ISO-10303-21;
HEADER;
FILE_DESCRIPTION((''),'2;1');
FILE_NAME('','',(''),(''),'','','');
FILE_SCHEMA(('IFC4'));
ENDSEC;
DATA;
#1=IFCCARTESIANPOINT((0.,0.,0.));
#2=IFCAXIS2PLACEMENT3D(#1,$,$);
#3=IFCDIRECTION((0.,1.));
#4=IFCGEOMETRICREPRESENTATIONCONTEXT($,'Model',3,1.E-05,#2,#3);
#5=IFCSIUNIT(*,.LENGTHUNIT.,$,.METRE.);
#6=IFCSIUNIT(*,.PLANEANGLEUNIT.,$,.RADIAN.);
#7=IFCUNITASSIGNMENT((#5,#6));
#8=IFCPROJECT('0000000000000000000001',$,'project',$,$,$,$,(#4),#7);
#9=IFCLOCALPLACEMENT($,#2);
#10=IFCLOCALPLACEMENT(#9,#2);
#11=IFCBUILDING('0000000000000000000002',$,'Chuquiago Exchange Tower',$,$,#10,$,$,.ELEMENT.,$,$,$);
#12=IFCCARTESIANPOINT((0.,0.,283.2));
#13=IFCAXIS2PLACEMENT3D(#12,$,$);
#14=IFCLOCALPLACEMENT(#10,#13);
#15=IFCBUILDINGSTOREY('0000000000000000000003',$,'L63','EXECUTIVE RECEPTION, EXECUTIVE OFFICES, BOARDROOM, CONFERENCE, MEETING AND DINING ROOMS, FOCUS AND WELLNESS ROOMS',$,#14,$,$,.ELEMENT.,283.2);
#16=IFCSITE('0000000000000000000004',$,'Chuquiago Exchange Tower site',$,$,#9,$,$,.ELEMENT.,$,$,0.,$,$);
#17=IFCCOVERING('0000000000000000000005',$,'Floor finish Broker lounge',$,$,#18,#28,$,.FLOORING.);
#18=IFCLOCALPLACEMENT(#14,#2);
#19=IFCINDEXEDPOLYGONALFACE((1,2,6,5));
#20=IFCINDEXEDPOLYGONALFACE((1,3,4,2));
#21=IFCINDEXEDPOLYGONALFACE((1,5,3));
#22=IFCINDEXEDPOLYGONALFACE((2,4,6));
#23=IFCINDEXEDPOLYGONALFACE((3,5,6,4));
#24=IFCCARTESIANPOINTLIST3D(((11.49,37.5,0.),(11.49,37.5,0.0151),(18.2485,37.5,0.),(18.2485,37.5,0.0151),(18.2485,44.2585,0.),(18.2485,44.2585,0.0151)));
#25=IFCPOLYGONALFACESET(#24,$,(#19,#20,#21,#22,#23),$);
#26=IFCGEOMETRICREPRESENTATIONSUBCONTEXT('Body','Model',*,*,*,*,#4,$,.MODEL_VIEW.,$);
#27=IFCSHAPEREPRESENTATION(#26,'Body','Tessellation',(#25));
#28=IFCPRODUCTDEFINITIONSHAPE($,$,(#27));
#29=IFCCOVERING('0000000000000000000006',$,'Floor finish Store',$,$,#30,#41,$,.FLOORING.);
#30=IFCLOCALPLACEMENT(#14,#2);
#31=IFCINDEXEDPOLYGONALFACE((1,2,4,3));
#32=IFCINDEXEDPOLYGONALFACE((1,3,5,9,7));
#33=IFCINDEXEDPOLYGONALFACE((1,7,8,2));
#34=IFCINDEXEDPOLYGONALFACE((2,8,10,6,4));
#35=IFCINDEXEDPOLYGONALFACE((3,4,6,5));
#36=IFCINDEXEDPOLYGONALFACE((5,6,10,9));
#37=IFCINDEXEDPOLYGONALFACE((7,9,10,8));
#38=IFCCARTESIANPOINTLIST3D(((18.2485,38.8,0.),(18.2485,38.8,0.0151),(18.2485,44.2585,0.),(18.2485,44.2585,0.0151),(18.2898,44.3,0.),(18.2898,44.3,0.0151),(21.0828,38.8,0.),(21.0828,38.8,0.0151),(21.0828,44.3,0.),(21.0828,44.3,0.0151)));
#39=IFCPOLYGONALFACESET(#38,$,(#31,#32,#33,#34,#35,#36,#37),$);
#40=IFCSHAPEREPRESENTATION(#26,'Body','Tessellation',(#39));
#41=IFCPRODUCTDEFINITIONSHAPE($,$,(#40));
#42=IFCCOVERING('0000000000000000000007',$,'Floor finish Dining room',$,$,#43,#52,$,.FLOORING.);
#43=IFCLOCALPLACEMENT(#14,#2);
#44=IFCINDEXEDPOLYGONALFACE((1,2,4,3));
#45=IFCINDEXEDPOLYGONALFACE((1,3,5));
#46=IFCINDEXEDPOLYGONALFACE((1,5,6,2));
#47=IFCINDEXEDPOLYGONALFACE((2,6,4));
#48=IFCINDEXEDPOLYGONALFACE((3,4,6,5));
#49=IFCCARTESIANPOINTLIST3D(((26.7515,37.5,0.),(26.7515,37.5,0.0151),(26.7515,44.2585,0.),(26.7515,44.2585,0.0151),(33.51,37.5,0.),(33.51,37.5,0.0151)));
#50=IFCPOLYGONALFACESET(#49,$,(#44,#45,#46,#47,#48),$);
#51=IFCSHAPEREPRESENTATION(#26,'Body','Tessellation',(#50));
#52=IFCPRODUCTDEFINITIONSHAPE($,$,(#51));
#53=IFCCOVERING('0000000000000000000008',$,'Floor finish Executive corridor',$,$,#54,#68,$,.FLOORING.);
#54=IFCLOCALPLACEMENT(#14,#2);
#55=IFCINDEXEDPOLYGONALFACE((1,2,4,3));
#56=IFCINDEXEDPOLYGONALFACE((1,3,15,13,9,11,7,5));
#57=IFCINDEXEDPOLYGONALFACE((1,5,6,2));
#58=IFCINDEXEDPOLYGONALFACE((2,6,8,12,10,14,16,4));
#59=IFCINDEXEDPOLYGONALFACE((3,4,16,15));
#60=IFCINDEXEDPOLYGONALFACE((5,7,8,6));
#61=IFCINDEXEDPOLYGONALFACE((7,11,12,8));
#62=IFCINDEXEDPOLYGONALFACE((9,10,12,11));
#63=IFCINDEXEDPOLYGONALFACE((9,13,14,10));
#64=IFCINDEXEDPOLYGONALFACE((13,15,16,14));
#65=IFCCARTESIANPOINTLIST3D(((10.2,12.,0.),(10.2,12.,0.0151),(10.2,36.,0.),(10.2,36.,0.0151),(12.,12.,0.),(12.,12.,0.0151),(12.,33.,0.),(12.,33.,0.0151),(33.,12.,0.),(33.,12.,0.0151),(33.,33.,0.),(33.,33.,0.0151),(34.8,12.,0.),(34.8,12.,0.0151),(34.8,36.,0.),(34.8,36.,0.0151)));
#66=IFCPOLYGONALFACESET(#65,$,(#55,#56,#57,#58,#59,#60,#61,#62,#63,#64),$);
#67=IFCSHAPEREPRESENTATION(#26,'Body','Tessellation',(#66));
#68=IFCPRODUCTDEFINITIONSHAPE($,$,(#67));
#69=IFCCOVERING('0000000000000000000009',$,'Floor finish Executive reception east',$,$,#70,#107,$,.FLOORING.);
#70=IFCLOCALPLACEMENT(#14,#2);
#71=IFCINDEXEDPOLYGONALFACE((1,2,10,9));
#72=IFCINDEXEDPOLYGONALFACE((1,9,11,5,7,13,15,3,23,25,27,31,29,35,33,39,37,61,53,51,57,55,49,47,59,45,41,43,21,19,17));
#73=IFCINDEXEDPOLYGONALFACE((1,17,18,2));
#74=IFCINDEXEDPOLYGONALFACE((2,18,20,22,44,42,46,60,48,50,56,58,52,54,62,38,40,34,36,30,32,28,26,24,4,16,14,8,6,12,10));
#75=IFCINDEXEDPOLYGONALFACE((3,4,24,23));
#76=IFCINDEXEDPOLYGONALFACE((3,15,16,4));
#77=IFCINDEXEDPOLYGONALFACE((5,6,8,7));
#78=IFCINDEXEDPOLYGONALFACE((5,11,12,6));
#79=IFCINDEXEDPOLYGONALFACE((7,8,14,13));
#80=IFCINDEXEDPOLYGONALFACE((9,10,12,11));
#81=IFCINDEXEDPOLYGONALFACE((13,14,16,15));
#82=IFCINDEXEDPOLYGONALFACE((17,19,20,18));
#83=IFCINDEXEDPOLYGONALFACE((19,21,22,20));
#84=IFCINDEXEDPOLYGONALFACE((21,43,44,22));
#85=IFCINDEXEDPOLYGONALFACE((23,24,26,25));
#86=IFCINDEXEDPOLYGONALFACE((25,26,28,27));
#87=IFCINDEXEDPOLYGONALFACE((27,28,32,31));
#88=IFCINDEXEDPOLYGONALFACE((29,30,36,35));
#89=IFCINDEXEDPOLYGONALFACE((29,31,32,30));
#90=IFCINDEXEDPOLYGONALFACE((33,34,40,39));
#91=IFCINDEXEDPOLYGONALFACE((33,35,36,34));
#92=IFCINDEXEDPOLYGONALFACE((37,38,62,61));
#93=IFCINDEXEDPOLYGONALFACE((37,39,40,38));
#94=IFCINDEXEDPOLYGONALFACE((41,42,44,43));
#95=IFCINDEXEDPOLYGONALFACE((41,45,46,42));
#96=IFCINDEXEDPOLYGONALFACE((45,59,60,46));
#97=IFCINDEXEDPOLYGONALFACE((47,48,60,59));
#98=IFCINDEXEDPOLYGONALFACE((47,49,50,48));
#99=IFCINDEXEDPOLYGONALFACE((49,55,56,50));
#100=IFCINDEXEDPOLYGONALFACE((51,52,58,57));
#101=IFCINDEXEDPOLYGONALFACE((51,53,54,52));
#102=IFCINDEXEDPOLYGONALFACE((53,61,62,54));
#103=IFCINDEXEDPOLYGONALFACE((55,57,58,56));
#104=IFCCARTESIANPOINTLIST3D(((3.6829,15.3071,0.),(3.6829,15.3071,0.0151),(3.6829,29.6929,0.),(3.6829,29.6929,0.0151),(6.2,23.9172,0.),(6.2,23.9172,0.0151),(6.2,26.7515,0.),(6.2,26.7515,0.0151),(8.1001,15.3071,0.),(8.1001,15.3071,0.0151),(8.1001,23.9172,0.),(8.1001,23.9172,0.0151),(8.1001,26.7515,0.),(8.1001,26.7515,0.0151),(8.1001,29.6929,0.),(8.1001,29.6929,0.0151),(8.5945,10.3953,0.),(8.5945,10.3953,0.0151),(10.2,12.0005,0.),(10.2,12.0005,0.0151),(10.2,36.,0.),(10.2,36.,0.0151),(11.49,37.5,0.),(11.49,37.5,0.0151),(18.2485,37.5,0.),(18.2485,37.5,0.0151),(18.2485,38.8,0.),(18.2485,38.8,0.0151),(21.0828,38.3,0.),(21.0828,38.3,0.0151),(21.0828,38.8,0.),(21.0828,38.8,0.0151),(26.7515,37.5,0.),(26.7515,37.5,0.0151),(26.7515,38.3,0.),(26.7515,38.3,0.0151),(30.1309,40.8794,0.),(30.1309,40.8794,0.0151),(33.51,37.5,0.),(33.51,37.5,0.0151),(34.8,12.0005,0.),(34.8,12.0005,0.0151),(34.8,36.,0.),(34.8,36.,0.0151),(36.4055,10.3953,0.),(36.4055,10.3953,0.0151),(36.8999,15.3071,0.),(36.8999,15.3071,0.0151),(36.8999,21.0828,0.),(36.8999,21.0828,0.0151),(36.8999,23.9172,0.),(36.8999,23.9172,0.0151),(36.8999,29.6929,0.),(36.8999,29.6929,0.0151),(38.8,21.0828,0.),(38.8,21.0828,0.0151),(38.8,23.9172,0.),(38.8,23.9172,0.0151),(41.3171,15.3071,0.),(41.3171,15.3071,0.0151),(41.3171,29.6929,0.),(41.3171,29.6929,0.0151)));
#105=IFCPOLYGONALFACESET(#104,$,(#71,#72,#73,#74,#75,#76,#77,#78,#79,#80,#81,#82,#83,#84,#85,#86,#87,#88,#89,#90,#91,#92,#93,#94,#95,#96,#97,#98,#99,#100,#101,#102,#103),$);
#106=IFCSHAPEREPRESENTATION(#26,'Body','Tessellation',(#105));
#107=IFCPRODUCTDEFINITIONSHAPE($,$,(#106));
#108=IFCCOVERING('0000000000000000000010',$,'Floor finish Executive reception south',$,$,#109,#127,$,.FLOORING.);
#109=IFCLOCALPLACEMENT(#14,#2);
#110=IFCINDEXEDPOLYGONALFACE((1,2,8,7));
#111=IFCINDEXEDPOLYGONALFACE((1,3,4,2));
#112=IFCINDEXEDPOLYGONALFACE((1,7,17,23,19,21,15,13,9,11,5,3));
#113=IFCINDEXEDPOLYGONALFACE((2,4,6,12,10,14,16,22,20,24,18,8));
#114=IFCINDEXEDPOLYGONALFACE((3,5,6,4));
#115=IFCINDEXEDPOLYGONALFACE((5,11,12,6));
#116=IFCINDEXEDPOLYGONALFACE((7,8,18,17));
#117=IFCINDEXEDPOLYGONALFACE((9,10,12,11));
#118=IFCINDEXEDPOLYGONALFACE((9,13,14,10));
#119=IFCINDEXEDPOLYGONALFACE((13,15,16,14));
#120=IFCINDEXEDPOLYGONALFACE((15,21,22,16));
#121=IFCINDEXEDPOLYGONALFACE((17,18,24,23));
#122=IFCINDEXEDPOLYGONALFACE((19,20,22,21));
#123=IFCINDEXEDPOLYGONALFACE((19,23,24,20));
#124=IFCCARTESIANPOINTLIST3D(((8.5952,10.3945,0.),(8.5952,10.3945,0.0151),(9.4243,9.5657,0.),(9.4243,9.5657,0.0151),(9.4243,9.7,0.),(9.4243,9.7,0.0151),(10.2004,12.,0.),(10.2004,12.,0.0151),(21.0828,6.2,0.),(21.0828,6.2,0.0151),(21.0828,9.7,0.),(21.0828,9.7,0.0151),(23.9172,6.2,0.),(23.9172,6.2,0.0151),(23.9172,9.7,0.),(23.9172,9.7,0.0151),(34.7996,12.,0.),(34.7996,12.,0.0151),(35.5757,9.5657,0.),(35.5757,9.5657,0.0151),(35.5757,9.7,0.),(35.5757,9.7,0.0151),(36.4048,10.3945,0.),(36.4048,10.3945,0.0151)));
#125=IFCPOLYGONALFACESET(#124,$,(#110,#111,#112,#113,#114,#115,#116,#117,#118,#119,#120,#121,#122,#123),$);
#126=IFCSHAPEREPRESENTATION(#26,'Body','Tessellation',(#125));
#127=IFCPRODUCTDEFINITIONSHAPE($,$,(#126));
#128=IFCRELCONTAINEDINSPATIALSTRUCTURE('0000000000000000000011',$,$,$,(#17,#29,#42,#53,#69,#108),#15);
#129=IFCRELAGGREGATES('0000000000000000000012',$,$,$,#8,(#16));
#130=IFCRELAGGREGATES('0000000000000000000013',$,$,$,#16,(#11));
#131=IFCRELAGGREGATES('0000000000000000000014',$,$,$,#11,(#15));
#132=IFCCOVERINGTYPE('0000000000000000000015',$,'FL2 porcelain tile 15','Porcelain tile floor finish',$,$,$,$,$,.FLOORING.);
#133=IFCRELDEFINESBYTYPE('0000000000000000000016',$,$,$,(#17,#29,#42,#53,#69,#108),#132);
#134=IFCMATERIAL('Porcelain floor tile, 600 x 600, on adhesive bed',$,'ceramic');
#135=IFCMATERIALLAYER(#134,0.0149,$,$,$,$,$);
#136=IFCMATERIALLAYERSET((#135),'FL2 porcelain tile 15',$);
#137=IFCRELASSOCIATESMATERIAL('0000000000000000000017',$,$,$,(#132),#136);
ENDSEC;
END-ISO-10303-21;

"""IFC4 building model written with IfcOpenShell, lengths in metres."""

from ifc_helpers import new_model, si_unit, direction, frame, origin, place, context, subcontext, project, spatial, polyline, outline, extrude, material, layer, layer_set, type_object, element, save


model = new_model("IFC4")

# Units and contexts
model_context = context("Model", 3, precision=1e-05, world=origin(), true_north=direction((0.0, 1.0)))
body_context = subcontext(model_context, "Body", "Model", "MODEL_VIEW")
ifc_project = project(units=[si_unit("LENGTHUNIT", "METRE"), si_unit("PLANEANGLEUNIT", "RADIAN")], contexts=[model_context])

# Site, building, storey
site_placement = place(None, origin())
site = spatial("IfcSite", under=ifc_project, at=site_placement, Name="Chuquiago Exchange Tower site", CompositionType="ELEMENT", RefElevation=0.0)
building_placement = place(site_placement, origin())
building = spatial("IfcBuilding", under=site, at=building_placement, Name="Chuquiago Exchange Tower", CompositionType="ELEMENT")
storey_placement = place(building_placement, frame((0.0, 0.0, 283.2)))
storey = spatial("IfcBuildingStorey", under=building, at=storey_placement, Name="L63", Description="EXECUTIVE RECEPTION, EXECUTIVE OFFICES, BOARDROOM, CONFERENCE, MEETING AND DINING ROOMS, FOCUS AND WELLNESS ROOMS", CompositionType="ELEMENT", Elevation=283.2)

# Coverings
ifc_material_1 = material(Name="Porcelain floor tile, 600 x 600, on adhesive bed", Category="ceramic")
ifc_layer_1 = layer(ifc_material_1, 0.0149)
ifc_layer_set_1 = layer_set([ifc_layer_1], Name="FL2 porcelain tile 15")
covering_type_1 = type_object("IfcCoveringType", Name="FL2 porcelain tile 15", Description="Porcelain tile floor finish", PredefinedType="FLOORING", material=ifc_layer_set_1)
covering_1_placement = place(storey_placement, origin())
element("IfcCovering", 1, at=covering_1_placement, inside=storey, type_object=covering_type_1, Name="Floor finish Broker lounge", PredefinedType="FLOORING", context=body_context, shape_type="SweptSolid", body=[
    extrude(outline(polyline([(18.2485, 44.2585), (18.2485, 37.5), (11.49, 37.5), (18.2485, 44.2585)])), origin(), (0.0, 0.0, 1.0), 0.0151),
])
covering_2_placement = place(storey_placement, origin())
element("IfcCovering", 2, at=covering_2_placement, inside=storey, type_object=covering_type_1, Name="Floor finish Store", PredefinedType="FLOORING", context=body_context, shape_type="SweptSolid", body=[
    extrude(outline(polyline([(18.2898, 44.3), (21.0828, 44.3), (21.0828, 38.8), (18.2485, 38.8), (18.2485, 44.2585), (18.2898, 44.3)])), origin(), (0.0, 0.0, 1.0), 0.0151),
])
covering_3_placement = place(storey_placement, origin())
element("IfcCovering", 3, at=covering_3_placement, inside=storey, type_object=covering_type_1, Name="Floor finish Dining room", PredefinedType="FLOORING", context=body_context, shape_type="SweptSolid", body=[
    extrude(outline(polyline([(33.51, 37.5), (26.7515, 37.5), (26.7515, 44.2585), (33.51, 37.5)])), origin(), (0.0, 0.0, 1.0), 0.0151),
])
covering_4_placement = place(storey_placement, origin())
element("IfcCovering", 4, at=covering_4_placement, inside=storey, type_object=covering_type_1, Name="Floor finish Executive corridor", PredefinedType="FLOORING", context=body_context, shape_type="SweptSolid", body=[
    extrude(outline(polyline([(12.0, 12.0), (10.2, 12.0), (10.2, 36.0), (34.8, 36.0), (34.8, 12.0), (33.0, 12.0), (33.0, 33.0), (12.0, 33.0), (12.0, 12.0)])), origin(), (0.0, 0.0, 1.0), 0.0151),
])
covering_5_placement = place(storey_placement, origin())
element("IfcCovering", 5, at=covering_5_placement, inside=storey, type_object=covering_type_1, Name="Floor finish Executive reception east", PredefinedType="FLOORING", context=body_context, shape_type="SweptSolid", body=[
    extrude(outline(polyline([(21.0828, 38.3), (26.7515, 38.3), (26.7515, 37.5), (33.51, 37.5), (30.1309, 40.8794), (41.3171, 29.6929), (36.8999, 29.6929), (36.8999, 23.9172), (38.8, 23.9172), (38.8, 21.0828), (36.8999, 21.0828), (36.8999, 15.3071), (41.3171, 15.3071), (36.4055, 10.3953), (34.8, 12.0005), (34.8, 36.0), (10.2, 36.0), (10.2, 12.0005), (8.5945, 10.3953), (3.6829, 15.3071), (8.1001, 15.3071), (8.1001, 23.9172), (6.2, 23.9172), (6.2, 26.7515), (8.1001, 26.7515), (8.1001, 29.6929), (3.6829, 29.6929), (0.8506, 26.8606), (11.49, 37.5), (18.2485, 37.5), (18.2485, 38.8), (21.0828, 38.8), (21.0828, 38.3)])), origin(), (0.0, 0.0, 1.0), 0.0151),
])
covering_6_placement = place(storey_placement, origin())
element("IfcCovering", 6, at=covering_6_placement, inside=storey, type_object=covering_type_1, Name="Floor finish Executive reception south", PredefinedType="FLOORING", context=body_context, shape_type="SweptSolid", body=[
    extrude(outline(polyline([(35.5757, 9.5657), (35.5757, 9.7), (23.9172, 9.7), (23.9172, 6.2), (21.0828, 6.2), (21.0828, 9.7), (9.4243, 9.7), (9.4243, 9.5657), (8.5952, 10.3945), (10.2004, 12.0), (34.7996, 12.0), (36.4048, 10.3945), (35.5757, 9.5657)])), origin(), (0.0, 0.0, 1.0), 0.0151),
])

save(model, "model.ifc")
